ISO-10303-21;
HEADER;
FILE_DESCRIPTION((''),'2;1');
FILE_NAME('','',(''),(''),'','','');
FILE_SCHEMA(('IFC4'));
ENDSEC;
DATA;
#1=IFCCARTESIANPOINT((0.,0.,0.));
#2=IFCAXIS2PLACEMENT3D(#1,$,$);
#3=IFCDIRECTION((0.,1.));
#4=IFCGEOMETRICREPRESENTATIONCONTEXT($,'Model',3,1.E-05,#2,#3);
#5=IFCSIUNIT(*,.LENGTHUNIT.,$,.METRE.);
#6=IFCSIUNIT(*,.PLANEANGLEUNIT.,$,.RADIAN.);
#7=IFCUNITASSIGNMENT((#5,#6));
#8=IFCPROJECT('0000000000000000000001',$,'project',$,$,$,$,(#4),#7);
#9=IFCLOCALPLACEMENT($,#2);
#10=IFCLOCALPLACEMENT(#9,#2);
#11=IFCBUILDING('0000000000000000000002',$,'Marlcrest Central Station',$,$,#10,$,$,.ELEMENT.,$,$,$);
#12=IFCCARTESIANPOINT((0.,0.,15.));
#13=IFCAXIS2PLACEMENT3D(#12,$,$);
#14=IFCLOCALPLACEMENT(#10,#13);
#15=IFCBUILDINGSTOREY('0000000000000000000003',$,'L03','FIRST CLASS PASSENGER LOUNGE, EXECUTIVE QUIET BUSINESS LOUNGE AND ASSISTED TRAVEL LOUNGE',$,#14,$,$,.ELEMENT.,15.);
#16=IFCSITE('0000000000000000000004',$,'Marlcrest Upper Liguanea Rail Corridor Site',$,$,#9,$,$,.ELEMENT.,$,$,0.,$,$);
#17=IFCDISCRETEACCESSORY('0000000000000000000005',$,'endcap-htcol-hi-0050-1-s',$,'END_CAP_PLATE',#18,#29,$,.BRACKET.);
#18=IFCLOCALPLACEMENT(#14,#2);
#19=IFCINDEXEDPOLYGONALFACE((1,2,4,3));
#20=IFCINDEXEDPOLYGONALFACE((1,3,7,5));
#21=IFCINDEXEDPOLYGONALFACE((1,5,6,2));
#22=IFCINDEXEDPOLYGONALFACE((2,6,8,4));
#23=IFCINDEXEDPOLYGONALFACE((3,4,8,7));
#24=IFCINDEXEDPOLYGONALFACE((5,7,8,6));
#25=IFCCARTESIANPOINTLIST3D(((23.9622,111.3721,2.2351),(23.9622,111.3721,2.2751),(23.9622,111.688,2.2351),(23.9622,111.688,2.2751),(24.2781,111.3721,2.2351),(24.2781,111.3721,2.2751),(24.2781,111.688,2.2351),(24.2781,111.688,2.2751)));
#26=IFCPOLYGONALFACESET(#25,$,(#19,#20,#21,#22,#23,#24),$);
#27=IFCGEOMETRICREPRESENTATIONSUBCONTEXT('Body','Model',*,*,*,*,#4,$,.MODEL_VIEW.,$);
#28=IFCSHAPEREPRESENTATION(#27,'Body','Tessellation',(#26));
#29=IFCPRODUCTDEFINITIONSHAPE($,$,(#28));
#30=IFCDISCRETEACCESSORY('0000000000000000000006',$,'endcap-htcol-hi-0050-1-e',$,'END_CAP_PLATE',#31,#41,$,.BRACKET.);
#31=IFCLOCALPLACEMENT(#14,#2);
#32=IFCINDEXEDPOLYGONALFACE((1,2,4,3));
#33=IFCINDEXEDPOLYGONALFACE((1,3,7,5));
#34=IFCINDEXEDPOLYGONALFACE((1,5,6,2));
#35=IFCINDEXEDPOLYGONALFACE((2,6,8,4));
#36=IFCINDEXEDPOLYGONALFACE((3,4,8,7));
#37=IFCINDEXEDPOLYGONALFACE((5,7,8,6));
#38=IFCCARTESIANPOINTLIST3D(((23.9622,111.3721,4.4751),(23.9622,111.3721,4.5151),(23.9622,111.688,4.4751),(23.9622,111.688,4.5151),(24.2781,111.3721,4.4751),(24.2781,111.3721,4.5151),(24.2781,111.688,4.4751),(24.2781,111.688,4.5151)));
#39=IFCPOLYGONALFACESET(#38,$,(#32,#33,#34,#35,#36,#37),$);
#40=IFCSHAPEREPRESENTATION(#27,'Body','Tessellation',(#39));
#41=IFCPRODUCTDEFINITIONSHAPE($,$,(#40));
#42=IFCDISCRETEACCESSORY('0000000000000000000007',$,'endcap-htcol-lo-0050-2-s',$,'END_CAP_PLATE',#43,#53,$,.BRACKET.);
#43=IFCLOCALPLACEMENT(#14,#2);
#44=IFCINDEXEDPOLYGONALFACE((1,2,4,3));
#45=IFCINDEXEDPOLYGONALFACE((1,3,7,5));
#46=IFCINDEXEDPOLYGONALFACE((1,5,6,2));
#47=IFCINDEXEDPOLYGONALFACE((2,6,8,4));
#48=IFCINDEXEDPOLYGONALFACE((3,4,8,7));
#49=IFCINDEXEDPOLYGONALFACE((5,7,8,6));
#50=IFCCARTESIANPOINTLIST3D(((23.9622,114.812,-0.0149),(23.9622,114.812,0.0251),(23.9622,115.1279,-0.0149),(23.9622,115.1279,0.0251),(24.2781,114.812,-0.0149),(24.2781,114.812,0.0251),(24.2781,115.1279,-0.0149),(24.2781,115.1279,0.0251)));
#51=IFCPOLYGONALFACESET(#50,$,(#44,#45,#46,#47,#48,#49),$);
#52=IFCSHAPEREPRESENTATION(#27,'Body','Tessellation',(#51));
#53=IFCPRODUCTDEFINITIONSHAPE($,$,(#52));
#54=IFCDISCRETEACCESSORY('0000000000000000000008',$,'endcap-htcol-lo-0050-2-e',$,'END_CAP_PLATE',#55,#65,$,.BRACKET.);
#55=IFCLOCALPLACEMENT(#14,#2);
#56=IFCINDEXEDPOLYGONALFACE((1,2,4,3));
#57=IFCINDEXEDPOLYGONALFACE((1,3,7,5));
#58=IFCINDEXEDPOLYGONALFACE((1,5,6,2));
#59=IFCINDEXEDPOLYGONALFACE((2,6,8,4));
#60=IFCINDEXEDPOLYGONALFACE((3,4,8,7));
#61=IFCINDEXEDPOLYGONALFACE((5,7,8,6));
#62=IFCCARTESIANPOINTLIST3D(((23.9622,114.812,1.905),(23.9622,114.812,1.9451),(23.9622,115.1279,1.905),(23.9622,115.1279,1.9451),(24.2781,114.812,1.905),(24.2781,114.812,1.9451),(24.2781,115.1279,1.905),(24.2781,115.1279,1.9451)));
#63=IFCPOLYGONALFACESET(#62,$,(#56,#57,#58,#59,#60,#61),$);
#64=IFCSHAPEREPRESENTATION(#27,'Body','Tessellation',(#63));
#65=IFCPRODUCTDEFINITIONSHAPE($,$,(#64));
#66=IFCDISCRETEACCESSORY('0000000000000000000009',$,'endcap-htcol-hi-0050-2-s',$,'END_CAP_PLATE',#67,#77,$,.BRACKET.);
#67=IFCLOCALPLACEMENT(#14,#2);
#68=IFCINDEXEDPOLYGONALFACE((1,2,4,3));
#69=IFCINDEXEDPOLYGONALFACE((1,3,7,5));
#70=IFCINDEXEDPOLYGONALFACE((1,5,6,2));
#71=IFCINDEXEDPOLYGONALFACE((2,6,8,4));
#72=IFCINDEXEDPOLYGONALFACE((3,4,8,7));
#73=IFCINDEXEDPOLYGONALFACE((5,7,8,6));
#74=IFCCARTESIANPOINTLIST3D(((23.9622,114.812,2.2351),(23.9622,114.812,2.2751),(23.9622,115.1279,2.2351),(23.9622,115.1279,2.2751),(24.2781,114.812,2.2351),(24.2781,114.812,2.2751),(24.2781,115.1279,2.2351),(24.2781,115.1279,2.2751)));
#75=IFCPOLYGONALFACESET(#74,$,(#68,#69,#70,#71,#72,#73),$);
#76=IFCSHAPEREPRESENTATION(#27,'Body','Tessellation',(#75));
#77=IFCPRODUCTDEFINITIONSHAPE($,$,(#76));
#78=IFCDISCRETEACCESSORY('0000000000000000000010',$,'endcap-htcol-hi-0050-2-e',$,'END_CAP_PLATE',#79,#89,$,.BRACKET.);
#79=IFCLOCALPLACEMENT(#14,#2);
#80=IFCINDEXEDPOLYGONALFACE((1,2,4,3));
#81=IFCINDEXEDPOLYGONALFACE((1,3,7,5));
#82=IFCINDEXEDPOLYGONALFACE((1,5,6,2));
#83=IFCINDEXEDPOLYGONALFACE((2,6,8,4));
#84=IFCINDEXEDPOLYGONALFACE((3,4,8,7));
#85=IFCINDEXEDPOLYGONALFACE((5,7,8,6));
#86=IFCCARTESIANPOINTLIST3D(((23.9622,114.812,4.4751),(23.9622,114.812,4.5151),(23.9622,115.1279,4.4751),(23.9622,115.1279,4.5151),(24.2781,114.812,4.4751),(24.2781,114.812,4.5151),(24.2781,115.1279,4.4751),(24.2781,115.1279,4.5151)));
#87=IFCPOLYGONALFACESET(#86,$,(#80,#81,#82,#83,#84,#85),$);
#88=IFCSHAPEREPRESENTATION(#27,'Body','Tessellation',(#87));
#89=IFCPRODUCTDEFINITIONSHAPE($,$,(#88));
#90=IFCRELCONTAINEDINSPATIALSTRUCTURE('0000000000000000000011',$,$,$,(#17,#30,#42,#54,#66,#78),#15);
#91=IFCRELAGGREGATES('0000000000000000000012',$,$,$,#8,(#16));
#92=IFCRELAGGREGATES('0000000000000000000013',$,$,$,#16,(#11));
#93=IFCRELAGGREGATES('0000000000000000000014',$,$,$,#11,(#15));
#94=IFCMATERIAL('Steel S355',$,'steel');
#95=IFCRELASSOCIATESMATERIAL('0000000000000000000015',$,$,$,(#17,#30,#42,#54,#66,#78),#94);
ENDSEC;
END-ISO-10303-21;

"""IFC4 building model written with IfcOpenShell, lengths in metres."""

from ifc_helpers import new_model, si_unit, direction, frame, origin, origin_2d, place, context, subcontext, project, spatial, rectangle, extrude, material, element, save


model = new_model("IFC4")

# Units and contexts
model_context = context("Model", 3, precision=1e-05, world=origin(), true_north=direction((0.0, 1.0)))
body_context = subcontext(model_context, "Body", "Model", "MODEL_VIEW")
ifc_project = project(units=[si_unit("LENGTHUNIT", "METRE"), si_unit("PLANEANGLEUNIT", "RADIAN")], contexts=[model_context])

# Site, building, storey
site_placement = place(None, origin())
site = spatial("IfcSite", under=ifc_project, at=site_placement, Name="Marlcrest Upper Liguanea Rail Corridor Site", CompositionType="ELEMENT", RefElevation=0.0)
building_placement = place(site_placement, origin())
building = spatial("IfcBuilding", under=site, at=building_placement, Name="Marlcrest Central Station", CompositionType="ELEMENT")
storey_placement = place(building_placement, frame((0.0, 0.0, 15.0)))
storey = spatial("IfcBuildingStorey", under=building, at=storey_placement, Name="L03", Description="FIRST CLASS PASSENGER LOUNGE, EXECUTIVE QUIET BUSINESS LOUNGE AND ASSISTED TRAVEL LOUNGE", CompositionType="ELEMENT", Elevation=15.0)

# Shared definitions
ifc_material_1 = material(Name="Steel S355", Category="steel")

# Discrete accessories
for number, where, z_axis, x_axis, name in (
    (1, (24.1201, 111.53, 2.2351), (0.0, 0.0, 1.0), (1.0, 0.0, 0.0), "endcap-htcol-hi-0050-1-s"),
    (2, (24.1201, 111.53, 4.4751), (0.0, 0.0, 1.0), (1.0, 0.0, 0.0), "endcap-htcol-hi-0050-1-e"),
    (3, (24.1201, 114.97, -0.0149), (0.0, 0.0, 1.0), (1.0, 0.0, 0.0), "endcap-htcol-lo-0050-2-s"),
    (4, (24.1201, 114.97, 1.905), (0.0, 0.0, 1.0), (1.0, 0.0, 0.0), "endcap-htcol-lo-0050-2-e"),
    (5, (24.1201, 114.97, 2.2351), (0.0, 0.0, 1.0), (1.0, 0.0, 0.0), "endcap-htcol-hi-0050-2-s"),
    (6, (24.1201, 114.97, 4.4751), (0.0, 0.0, 1.0), (1.0, 0.0, 0.0), "endcap-htcol-hi-0050-2-e"),
):
    element("IfcDiscreteAccessory", number, at=place(storey_placement, frame(where, z_axis=z_axis, x_axis=x_axis)), inside=storey, material=ifc_material_1, Name=name, ObjectType="END_CAP_PLATE", PredefinedType="BRACKET", context=body_context, shape_type="SweptSolid", body=[
        extrude(rectangle(XDim=0.3159, YDim=0.3159, at=origin_2d()), origin(), (0.0, 0.0, 1.0), 0.04),
    ])

save(model, "model.ifc")
